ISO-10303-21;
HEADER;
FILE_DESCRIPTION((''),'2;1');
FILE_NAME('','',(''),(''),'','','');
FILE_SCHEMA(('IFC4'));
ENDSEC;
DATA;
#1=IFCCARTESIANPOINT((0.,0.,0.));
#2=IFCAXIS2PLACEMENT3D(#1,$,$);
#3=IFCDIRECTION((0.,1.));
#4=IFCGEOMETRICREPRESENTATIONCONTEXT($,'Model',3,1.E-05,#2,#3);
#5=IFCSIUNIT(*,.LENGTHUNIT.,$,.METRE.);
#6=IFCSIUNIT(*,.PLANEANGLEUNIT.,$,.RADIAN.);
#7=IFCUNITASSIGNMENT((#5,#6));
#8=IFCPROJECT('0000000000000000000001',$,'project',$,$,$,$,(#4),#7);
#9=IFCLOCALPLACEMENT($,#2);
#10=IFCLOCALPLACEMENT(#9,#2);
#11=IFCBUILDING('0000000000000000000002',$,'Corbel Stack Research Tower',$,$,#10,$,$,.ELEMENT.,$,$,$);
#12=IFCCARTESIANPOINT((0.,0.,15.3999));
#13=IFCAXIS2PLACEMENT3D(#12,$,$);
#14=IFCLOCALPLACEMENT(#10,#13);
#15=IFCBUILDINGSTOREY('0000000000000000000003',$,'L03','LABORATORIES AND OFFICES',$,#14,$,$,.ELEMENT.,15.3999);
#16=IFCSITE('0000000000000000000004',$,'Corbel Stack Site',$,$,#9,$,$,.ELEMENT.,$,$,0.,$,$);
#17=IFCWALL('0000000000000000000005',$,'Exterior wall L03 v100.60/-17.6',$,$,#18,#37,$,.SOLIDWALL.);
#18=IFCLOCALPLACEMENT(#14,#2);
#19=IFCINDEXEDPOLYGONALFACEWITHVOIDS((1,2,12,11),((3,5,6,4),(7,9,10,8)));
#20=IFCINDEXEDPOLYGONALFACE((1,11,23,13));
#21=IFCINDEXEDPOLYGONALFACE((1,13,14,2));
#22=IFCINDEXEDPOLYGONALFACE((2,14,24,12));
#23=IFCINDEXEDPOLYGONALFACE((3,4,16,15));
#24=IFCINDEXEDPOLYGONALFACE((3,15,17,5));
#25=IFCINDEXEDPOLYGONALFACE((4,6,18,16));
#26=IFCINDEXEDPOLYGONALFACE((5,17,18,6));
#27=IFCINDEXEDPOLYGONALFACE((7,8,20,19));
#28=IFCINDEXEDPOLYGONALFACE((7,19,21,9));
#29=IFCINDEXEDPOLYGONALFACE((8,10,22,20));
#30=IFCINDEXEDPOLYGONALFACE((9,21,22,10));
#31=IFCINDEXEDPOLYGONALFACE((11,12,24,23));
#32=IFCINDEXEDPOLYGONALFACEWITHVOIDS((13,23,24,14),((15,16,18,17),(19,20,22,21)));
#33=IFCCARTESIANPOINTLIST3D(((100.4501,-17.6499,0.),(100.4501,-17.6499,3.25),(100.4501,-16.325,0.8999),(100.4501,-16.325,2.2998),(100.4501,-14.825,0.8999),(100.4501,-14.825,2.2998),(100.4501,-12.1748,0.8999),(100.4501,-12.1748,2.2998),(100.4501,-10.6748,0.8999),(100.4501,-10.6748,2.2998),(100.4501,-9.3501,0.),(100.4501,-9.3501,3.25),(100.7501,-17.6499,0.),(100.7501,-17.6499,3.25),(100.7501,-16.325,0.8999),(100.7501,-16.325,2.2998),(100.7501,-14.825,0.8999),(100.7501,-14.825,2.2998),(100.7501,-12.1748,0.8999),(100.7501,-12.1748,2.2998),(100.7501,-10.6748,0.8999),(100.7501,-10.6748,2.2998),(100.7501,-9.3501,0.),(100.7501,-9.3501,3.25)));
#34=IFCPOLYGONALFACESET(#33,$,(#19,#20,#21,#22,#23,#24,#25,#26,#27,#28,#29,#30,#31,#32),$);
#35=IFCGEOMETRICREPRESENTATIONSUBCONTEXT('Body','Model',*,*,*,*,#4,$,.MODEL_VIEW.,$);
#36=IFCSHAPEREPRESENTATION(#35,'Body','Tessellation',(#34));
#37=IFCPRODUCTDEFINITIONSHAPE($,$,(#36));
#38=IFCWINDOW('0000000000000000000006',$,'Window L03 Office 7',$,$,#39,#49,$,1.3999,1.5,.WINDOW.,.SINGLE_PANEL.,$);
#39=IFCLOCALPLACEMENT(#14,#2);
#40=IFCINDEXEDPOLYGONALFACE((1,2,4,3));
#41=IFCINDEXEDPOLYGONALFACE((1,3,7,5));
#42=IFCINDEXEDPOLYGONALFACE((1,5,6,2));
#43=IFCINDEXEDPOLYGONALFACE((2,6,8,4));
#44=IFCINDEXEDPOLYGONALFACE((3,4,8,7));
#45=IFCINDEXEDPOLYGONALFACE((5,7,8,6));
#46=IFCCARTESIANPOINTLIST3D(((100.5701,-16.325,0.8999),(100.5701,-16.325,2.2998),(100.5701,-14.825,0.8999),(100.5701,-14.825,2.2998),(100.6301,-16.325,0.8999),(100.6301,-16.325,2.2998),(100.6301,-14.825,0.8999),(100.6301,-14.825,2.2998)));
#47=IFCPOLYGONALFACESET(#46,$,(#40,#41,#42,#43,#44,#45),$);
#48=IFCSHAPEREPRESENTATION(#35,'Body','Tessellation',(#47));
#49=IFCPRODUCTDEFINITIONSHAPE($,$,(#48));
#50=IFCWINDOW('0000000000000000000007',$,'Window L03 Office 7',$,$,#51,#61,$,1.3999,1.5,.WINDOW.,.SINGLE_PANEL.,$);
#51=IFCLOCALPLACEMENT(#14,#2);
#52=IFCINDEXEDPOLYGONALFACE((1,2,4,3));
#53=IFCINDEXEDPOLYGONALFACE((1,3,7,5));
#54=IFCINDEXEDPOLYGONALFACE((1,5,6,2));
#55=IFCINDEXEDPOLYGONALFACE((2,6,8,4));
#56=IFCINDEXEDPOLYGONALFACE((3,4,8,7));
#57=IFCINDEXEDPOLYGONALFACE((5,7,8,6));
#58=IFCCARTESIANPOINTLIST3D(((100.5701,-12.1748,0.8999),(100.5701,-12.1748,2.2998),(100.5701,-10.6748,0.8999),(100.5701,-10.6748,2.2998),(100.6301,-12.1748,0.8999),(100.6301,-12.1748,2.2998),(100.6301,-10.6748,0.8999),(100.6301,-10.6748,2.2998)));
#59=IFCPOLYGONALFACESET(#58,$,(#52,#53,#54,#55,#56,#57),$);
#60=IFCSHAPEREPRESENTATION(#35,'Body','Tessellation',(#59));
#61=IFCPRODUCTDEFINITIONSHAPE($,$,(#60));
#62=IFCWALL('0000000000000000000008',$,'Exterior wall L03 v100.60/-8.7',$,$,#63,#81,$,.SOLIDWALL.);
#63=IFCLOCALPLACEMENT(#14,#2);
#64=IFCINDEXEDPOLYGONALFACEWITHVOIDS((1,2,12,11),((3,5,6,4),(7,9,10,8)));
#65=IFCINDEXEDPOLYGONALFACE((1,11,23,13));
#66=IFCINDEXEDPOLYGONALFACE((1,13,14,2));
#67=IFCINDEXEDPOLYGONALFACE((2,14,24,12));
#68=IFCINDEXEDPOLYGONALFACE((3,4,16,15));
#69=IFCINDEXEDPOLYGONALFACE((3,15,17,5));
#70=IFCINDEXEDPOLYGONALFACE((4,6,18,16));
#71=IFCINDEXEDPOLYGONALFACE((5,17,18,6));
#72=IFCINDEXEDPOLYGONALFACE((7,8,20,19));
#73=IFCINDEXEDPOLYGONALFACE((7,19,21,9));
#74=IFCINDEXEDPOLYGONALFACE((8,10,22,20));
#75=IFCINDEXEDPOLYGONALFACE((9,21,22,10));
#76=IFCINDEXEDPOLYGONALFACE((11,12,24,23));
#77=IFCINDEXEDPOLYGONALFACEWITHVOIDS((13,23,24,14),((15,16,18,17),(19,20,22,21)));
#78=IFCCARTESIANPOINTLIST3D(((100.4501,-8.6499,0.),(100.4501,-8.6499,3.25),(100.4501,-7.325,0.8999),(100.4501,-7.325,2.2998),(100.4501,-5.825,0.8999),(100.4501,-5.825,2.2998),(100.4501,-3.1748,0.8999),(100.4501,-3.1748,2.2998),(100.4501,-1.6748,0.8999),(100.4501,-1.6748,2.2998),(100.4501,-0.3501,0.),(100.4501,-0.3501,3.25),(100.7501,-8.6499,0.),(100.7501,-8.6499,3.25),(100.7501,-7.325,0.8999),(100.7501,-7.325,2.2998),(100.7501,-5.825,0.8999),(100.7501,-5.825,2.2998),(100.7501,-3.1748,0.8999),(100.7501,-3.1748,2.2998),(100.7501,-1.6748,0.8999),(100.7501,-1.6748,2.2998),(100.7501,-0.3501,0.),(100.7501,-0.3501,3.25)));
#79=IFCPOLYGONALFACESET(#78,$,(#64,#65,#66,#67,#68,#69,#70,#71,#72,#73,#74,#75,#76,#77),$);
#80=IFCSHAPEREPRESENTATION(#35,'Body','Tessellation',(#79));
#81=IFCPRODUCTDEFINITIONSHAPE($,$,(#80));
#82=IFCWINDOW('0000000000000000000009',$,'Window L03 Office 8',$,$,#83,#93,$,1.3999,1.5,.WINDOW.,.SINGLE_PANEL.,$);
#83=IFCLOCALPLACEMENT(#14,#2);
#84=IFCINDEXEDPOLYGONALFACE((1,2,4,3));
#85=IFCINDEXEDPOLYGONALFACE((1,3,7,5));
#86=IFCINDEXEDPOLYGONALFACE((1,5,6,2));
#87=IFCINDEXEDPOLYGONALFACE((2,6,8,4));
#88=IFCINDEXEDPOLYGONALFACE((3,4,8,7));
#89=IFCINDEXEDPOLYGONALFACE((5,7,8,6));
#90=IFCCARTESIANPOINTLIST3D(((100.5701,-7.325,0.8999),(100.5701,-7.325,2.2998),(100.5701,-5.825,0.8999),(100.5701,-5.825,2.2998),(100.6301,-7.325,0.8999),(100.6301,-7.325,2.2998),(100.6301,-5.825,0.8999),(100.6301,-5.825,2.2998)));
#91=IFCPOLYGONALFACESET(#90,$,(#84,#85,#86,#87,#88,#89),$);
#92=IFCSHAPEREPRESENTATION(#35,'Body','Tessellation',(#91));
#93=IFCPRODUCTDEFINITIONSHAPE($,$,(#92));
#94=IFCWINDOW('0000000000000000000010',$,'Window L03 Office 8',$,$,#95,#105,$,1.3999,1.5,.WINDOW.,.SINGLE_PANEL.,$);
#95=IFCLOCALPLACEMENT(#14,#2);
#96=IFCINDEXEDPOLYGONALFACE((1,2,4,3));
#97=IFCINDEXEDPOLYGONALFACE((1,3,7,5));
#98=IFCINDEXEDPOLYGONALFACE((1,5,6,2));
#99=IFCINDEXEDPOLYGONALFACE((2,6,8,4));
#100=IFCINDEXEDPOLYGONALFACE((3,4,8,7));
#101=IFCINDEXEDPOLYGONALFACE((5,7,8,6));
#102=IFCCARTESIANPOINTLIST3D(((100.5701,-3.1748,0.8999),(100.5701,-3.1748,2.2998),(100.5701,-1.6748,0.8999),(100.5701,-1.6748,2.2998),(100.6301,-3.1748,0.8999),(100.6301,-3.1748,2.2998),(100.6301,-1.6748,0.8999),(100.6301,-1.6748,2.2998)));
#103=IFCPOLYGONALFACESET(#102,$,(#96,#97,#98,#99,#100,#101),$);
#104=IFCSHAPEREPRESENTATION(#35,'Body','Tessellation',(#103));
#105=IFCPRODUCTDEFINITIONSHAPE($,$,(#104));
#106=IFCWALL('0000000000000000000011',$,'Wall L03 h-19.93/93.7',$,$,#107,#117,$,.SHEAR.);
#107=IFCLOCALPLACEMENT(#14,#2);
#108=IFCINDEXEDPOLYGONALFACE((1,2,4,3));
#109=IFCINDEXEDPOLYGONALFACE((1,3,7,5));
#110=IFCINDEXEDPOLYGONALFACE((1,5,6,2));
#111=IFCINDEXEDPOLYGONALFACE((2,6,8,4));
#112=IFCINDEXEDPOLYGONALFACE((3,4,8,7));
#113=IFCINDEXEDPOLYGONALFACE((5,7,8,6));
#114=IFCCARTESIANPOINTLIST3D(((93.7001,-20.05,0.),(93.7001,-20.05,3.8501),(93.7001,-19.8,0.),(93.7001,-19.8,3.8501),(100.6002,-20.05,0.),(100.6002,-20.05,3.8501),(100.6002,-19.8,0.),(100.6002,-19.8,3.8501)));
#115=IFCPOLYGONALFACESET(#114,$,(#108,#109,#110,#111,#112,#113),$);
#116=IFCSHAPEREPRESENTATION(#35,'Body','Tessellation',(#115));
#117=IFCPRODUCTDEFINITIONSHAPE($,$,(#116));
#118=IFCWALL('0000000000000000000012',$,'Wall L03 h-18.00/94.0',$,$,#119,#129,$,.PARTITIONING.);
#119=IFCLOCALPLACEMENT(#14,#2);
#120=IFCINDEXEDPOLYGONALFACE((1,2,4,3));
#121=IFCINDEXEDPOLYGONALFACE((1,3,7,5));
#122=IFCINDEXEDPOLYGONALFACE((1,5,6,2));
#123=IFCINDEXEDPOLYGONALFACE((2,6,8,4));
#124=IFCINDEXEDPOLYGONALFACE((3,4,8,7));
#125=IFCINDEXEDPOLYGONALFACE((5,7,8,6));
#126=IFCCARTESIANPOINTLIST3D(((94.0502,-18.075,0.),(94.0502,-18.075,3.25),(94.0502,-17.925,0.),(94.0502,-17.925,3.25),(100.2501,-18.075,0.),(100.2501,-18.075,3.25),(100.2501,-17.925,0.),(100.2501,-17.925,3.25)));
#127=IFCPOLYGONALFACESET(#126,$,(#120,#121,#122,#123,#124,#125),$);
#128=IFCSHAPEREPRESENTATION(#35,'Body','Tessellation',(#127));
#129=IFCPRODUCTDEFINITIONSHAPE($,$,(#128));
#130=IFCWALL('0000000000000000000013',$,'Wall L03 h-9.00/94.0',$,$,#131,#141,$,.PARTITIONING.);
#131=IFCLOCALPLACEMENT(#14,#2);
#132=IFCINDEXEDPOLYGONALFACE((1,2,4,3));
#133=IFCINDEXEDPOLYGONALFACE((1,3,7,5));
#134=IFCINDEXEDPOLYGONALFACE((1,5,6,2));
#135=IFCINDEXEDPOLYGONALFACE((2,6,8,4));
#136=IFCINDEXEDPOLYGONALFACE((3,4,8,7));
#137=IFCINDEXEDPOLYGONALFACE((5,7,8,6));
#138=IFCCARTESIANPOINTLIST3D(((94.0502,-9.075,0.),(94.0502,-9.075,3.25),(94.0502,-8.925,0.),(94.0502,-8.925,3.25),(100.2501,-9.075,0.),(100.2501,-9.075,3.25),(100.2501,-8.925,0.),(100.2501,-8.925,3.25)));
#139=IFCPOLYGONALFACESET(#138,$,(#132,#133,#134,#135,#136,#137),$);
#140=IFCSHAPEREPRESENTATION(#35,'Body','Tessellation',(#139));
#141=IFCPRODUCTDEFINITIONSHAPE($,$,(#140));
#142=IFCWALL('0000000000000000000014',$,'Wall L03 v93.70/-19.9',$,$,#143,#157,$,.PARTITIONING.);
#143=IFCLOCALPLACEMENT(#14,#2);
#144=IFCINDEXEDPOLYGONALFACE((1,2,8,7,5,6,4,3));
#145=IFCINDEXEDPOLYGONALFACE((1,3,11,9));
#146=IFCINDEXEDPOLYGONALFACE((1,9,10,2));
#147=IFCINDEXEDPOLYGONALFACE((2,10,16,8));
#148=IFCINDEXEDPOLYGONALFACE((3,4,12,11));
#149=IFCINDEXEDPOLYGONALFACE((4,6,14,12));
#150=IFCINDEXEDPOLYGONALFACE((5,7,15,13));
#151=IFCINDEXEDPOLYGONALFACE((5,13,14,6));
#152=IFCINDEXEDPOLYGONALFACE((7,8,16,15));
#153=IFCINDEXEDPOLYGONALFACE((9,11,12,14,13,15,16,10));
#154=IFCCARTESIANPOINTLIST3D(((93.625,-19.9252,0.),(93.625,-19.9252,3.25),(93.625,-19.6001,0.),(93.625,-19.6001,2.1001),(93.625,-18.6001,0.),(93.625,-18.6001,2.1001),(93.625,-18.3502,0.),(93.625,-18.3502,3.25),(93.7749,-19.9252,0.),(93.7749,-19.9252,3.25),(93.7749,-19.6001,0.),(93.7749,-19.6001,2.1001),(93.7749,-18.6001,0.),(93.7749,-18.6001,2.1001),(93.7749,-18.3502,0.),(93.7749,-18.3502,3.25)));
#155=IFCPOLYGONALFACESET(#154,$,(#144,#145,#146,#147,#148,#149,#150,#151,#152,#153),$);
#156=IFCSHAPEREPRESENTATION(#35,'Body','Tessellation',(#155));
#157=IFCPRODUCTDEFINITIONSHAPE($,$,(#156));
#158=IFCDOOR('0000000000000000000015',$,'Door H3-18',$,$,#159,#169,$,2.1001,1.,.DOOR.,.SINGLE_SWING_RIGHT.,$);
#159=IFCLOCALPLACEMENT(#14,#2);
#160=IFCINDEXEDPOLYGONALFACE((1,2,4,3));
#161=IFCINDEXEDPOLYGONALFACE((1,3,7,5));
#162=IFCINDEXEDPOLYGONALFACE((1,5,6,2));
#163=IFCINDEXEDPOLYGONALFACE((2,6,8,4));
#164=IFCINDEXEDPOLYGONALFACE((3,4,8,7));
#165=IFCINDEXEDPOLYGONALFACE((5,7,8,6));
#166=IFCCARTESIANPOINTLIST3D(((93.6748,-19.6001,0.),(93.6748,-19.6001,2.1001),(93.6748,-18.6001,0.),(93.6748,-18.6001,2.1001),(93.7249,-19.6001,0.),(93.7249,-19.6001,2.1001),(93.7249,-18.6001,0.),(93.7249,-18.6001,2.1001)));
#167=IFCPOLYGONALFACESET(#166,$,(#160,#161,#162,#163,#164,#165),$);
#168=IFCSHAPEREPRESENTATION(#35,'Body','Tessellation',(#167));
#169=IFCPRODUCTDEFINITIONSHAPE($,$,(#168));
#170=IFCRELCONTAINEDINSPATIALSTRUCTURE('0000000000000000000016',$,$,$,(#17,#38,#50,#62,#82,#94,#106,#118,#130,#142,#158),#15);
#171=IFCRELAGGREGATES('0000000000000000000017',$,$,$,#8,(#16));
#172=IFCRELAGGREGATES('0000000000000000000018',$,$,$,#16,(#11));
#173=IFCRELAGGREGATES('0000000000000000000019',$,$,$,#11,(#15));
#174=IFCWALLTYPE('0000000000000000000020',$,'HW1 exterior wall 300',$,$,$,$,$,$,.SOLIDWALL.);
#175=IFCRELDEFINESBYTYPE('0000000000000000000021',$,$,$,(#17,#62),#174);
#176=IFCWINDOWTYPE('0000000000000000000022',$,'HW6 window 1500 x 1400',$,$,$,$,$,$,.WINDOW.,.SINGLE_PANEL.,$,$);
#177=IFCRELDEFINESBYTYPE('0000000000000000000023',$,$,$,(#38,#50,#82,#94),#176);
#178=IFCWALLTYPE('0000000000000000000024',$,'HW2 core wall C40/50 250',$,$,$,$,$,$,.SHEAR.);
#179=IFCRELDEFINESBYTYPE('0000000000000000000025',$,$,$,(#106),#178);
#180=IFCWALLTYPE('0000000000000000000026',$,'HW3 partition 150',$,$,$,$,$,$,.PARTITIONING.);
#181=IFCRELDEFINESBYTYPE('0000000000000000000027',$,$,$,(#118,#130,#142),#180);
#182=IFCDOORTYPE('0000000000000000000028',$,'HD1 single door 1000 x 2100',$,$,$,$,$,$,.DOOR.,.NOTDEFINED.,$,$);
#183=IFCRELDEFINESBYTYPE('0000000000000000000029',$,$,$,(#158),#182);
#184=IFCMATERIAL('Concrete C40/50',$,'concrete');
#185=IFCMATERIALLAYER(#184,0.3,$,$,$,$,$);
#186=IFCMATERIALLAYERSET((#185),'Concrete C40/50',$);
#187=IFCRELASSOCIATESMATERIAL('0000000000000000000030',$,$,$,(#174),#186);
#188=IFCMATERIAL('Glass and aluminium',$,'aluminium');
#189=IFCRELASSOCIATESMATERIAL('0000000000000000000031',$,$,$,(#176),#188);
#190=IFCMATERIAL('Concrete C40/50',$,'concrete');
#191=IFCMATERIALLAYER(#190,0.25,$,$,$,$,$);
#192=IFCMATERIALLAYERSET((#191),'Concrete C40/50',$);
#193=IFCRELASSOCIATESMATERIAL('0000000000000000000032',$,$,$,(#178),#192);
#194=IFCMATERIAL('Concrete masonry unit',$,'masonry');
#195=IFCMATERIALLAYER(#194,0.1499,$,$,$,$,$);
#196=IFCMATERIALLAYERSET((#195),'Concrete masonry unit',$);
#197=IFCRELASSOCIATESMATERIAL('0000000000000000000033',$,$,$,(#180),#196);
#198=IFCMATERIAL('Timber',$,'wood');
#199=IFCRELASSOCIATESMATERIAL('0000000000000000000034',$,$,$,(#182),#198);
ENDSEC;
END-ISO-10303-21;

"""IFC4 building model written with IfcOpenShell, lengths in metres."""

from ifc_helpers import new_model, si_unit, direction, frame, frame_2d, origin, place, context, subcontext, project, spatial, rectangle, extrude, material, layer, layer_set, type_object, element, fill, save


model = new_model("IFC4")

# Units and contexts
model_context = context("Model", 3, precision=1e-05, world=origin(), true_north=direction((0.0, 1.0)))
body_context = subcontext(model_context, "Body", "Model", "MODEL_VIEW")
ifc_project = project(units=[si_unit("LENGTHUNIT", "METRE"), si_unit("PLANEANGLEUNIT", "RADIAN")], contexts=[model_context])

# Site, building, storey
site_placement = place(None, origin())
site = spatial("IfcSite", under=ifc_project, at=site_placement, Name="Corbel Stack Site", CompositionType="ELEMENT", RefElevation=0.0)
building_placement = place(site_placement, origin())
building = spatial("IfcBuilding", under=site, at=building_placement, Name="Corbel Stack Research Tower", CompositionType="ELEMENT")
storey_placement = place(building_placement, frame((0.0, 0.0, 15.3999)))
storey = spatial("IfcBuildingStorey", under=building, at=storey_placement, Name="L03", Description="LABORATORIES AND OFFICES", CompositionType="ELEMENT", Elevation=15.3999)

# Shared definitions
ifc_material_1 = material(Name="Concrete C40/50", Category="concrete")
ifc_layer_1 = layer(ifc_material_1, 0.3)
ifc_layer_set_1 = layer_set([ifc_layer_1], Name="Concrete C40/50")
wall_type_1 = type_object("IfcWallType", Name="HW1 exterior wall 300", PredefinedType="SOLIDWALL", material=ifc_layer_set_1)

# Walls, openings, windows
wall_1_placement = place(storey_placement, frame((100.6001, -17.6499, 0.0), z_axis=(0.0, 0.0, 1.0), x_axis=(0.0, 1.0, 0.0)))
wall_1 = element("IfcWall", 1, at=wall_1_placement, inside=storey, type_object=wall_type_1, Name="Exterior wall L03 v100.60/-17.6", PredefinedType="SOLIDWALL", context=body_context, shape_type="SweptSolid", body=[
    extrude(rectangle(XDim=8.2998, YDim=0.3, at=frame_2d((4.1499, 0.0))), origin(), (0.0, 0.0, 1.0), 3.25),
])
opening_1_placement = place(wall_1_placement, frame((1.325, 0.0, 0.8999)))
opening_1 = element("IfcOpeningElement", 2, at=opening_1_placement, cuts=wall_1, PredefinedType="OPENING", context=body_context, shape_type="SweptSolid", body=[
    extrude(rectangle(XDim=1.5, YDim=1.3999, at=frame_2d((0.75, 0.7))), frame((0.0, 0.1599, 0.0), z_axis=(0.0, -1.0, 0.0), x_axis=(1.0, 0.0, 0.0)), (0.0, 0.0, 1.0), 0.3201),
])
opening_2_placement = place(wall_1_placement, frame((5.4751, 0.0, 0.8999)))
opening_2 = element("IfcOpeningElement", 3, at=opening_2_placement, cuts=wall_1, PredefinedType="OPENING", context=body_context, shape_type="SweptSolid", body=[
    extrude(rectangle(XDim=1.5, YDim=1.3999, at=frame_2d((0.75, 0.7))), frame((0.0, 0.1599, 0.0), z_axis=(0.0, -1.0, 0.0), x_axis=(1.0, 0.0, 0.0)), (0.0, 0.0, 1.0), 0.3201),
])
ifc_material_2 = material(Name="Glass and aluminium", Category="aluminium")
window_type = type_object("IfcWindowType", Name="HW6 window 1500 x 1400", PartitioningType="SINGLE_PANEL", PredefinedType="WINDOW", material=ifc_material_2)
window_1_placement = place(opening_1_placement, origin())
window_1 = element("IfcWindow", 4, at=window_1_placement, inside=storey, type_object=window_type, Name="Window L03 Office 7", OverallHeight=1.3999, OverallWidth=1.5, PartitioningType="SINGLE_PANEL", PredefinedType="WINDOW", context=body_context, shape_type="SweptSolid", body=[
    extrude(rectangle(XDim=1.5, YDim=1.3999, at=frame_2d((0.75, 0.7))), frame((0.0, 0.03, 0.0), z_axis=(0.0, -1.0, 0.0), x_axis=(1.0, 0.0, 0.0)), (0.0, 0.0, 1.0), 0.0601),
])
fill(opening_1, window_1)
window_2_placement = place(opening_2_placement, origin())
window_2 = element("IfcWindow", 5, at=window_2_placement, inside=storey, type_object=window_type, Name="Window L03 Office 7", OverallHeight=1.3999, OverallWidth=1.5, PartitioningType="SINGLE_PANEL", PredefinedType="WINDOW", context=body_context, shape_type="SweptSolid", body=[
    extrude(rectangle(XDim=1.5, YDim=1.3999, at=frame_2d((0.75, 0.7))), frame((0.0, 0.03, 0.0), z_axis=(0.0, -1.0, 0.0), x_axis=(1.0, 0.0, 0.0)), (0.0, 0.0, 1.0), 0.0601),
])
fill(opening_2, window_2)
wall_2_placement = place(storey_placement, frame((100.6001, -8.6499, 0.0), z_axis=(0.0, 0.0, 1.0), x_axis=(0.0, 1.0, 0.0)))
wall_2 = element("IfcWall", 6, at=wall_2_placement, inside=storey, type_object=wall_type_1, Name="Exterior wall L03 v100.60/-8.7", PredefinedType="SOLIDWALL", context=body_context, shape_type="SweptSolid", body=[
    extrude(rectangle(XDim=8.2998, YDim=0.3, at=frame_2d((4.1499, 0.0))), origin(), (0.0, 0.0, 1.0), 3.25),
])
opening_3_placement = place(wall_2_placement, frame((1.325, 0.0, 0.8999)))
opening_3 = element("IfcOpeningElement", 7, at=opening_3_placement, cuts=wall_2, PredefinedType="OPENING", context=body_context, shape_type="SweptSolid", body=[
    extrude(rectangle(XDim=1.5, YDim=1.3999, at=frame_2d((0.75, 0.7))), frame((0.0, 0.1599, 0.0), z_axis=(0.0, -1.0, 0.0), x_axis=(1.0, 0.0, 0.0)), (0.0, 0.0, 1.0), 0.3201),
])
opening_4_placement = place(wall_2_placement, frame((5.4751, 0.0, 0.8999)))
opening_4 = element("IfcOpeningElement", 8, at=opening_4_placement, cuts=wall_2, PredefinedType="OPENING", context=body_context, shape_type="SweptSolid", body=[
    extrude(rectangle(XDim=1.5, YDim=1.3999, at=frame_2d((0.75, 0.7))), frame((0.0, 0.1599, 0.0), z_axis=(0.0, -1.0, 0.0), x_axis=(1.0, 0.0, 0.0)), (0.0, 0.0, 1.0), 0.3201),
])
window_3_placement = place(opening_3_placement, origin())
window_3 = element("IfcWindow", 9, at=window_3_placement, inside=storey, type_object=window_type, Name="Window L03 Office 8", OverallHeight=1.3999, OverallWidth=1.5, PartitioningType="SINGLE_PANEL", PredefinedType="WINDOW", context=body_context, shape_type="SweptSolid", body=[
    extrude(rectangle(XDim=1.5, YDim=1.3999, at=frame_2d((0.75, 0.7))), frame((0.0, 0.03, 0.0), z_axis=(0.0, -1.0, 0.0), x_axis=(1.0, 0.0, 0.0)), (0.0, 0.0, 1.0), 0.0601),
])
fill(opening_3, window_3)
window_4_placement = place(opening_4_placement, origin())
window_4 = element("IfcWindow", 10, at=window_4_placement, inside=storey, type_object=window_type, Name="Window L03 Office 8", OverallHeight=1.3999, OverallWidth=1.5, PartitioningType="SINGLE_PANEL", PredefinedType="WINDOW", context=body_context, shape_type="SweptSolid", body=[
    extrude(rectangle(XDim=1.5, YDim=1.3999, at=frame_2d((0.75, 0.7))), frame((0.0, 0.03, 0.0), z_axis=(0.0, -1.0, 0.0), x_axis=(1.0, 0.0, 0.0)), (0.0, 0.0, 1.0), 0.0601),
])
fill(opening_4, window_4)

# Walls
ifc_material_3 = material(Name="Concrete C40/50", Category="concrete")
ifc_layer_2 = layer(ifc_material_3, 0.25)
ifc_layer_set_2 = layer_set([ifc_layer_2], Name="Concrete C40/50")
wall_type_2 = type_object("IfcWallType", Name="HW2 core wall C40/50 250", PredefinedType="SHEAR", material=ifc_layer_set_2)
wall_3_placement = place(storey_placement, frame((93.7, -19.925, 0.0), z_axis=(0.0, 0.0, 1.0), x_axis=(1.0, 0.0, 0.0)))
element("IfcWall", 11, at=wall_3_placement, inside=storey, type_object=wall_type_2, Name="Wall L03 h-19.93/93.7", PredefinedType="SHEAR", context=body_context, shape_type="SweptSolid", body=[
    extrude(rectangle(XDim=6.9001, YDim=0.25, at=frame_2d((3.4502, 0.0))), origin(), (0.0, 0.0, 1.0), 3.8501),
])
ifc_material_4 = material(Name="Concrete masonry unit", Category="masonry")
ifc_layer_3 = layer(ifc_material_4, 0.1499)
ifc_layer_set_3 = layer_set([ifc_layer_3], Name="Concrete masonry unit")
wall_type_3 = type_object("IfcWallType", Name="HW3 partition 150", PredefinedType="PARTITIONING", material=ifc_layer_set_3)
for number, where, z_axis, x_axis, name in (
    (12, (94.05, -18.0, 0.0), (0.0, 0.0, 1.0), (1.0, 0.0, 0.0), "Wall L03 h-18.00/94.0"),
    (13, (94.05, -9.0, 0.0), (0.0, 0.0, 1.0), (1.0, 0.0, 0.0), "Wall L03 h-9.00/94.0"),
):
    element("IfcWall", number, at=place(storey_placement, frame(where, z_axis=z_axis, x_axis=x_axis)), inside=storey, type_object=wall_type_3, Name=name, PredefinedType="PARTITIONING", context=body_context, shape_type="SweptSolid", body=[
        extrude(rectangle(XDim=6.2, YDim=0.1499, at=frame_2d((3.1001, 0.0))), origin(), (0.0, 0.0, 1.0), 3.25),
    ])

# Wall, opening, door
wall_4_placement = place(storey_placement, frame((93.7, -18.3501, 0.0), z_axis=(0.0, 0.0, 1.0), x_axis=(0.0, -1.0, 0.0)))
wall_4 = element("IfcWall", 14, at=wall_4_placement, inside=storey, type_object=wall_type_3, Name="Wall L03 v93.70/-19.9", PredefinedType="PARTITIONING", context=body_context, shape_type="SweptSolid", body=[
    extrude(rectangle(XDim=1.575, YDim=0.1499, at=frame_2d((0.7876, 0.0))), origin(), (0.0, 0.0, 1.0), 3.25),
])
opening_5_placement = place(wall_4_placement, frame((0.25, 0.0, 0.0)))
opening_5 = element("IfcOpeningElement", 15, at=opening_5_placement, cuts=wall_4, PredefinedType="OPENING", context=body_context, shape_type="SweptSolid", body=[
    extrude(rectangle(XDim=1.0, YDim=2.1001, at=frame_2d((0.5, 1.05))), frame((0.0, 0.085, 0.0), z_axis=(0.0, -1.0, 0.0), x_axis=(1.0, 0.0, 0.0)), (0.0, 0.0, 1.0), 0.1699),
])
ifc_material_5 = material(Name="Timber", Category="wood")
door_type = type_object("IfcDoorType", Name="HD1 single door 1000 x 2100", OperationType="NOTDEFINED", PredefinedType="DOOR", material=ifc_material_5)
door_1_placement = place(opening_5_placement, origin())
door_1 = element("IfcDoor", 16, at=door_1_placement, inside=storey, type_object=door_type, Name="Door H3-18", OperationType="SINGLE_SWING_RIGHT", OverallHeight=2.1001, OverallWidth=1.0, PredefinedType="DOOR", context=body_context, shape_type="SweptSolid", body=[
    extrude(rectangle(XDim=1.0, YDim=2.1001, at=frame_2d((0.5, 1.05))), frame((0.0, 0.0249, 0.0), z_axis=(0.0, -1.0, 0.0), x_axis=(1.0, 0.0, 0.0)), (0.0, 0.0, 1.0), 0.05),
])
fill(opening_5, door_1)

save(model, "model.ifc")
